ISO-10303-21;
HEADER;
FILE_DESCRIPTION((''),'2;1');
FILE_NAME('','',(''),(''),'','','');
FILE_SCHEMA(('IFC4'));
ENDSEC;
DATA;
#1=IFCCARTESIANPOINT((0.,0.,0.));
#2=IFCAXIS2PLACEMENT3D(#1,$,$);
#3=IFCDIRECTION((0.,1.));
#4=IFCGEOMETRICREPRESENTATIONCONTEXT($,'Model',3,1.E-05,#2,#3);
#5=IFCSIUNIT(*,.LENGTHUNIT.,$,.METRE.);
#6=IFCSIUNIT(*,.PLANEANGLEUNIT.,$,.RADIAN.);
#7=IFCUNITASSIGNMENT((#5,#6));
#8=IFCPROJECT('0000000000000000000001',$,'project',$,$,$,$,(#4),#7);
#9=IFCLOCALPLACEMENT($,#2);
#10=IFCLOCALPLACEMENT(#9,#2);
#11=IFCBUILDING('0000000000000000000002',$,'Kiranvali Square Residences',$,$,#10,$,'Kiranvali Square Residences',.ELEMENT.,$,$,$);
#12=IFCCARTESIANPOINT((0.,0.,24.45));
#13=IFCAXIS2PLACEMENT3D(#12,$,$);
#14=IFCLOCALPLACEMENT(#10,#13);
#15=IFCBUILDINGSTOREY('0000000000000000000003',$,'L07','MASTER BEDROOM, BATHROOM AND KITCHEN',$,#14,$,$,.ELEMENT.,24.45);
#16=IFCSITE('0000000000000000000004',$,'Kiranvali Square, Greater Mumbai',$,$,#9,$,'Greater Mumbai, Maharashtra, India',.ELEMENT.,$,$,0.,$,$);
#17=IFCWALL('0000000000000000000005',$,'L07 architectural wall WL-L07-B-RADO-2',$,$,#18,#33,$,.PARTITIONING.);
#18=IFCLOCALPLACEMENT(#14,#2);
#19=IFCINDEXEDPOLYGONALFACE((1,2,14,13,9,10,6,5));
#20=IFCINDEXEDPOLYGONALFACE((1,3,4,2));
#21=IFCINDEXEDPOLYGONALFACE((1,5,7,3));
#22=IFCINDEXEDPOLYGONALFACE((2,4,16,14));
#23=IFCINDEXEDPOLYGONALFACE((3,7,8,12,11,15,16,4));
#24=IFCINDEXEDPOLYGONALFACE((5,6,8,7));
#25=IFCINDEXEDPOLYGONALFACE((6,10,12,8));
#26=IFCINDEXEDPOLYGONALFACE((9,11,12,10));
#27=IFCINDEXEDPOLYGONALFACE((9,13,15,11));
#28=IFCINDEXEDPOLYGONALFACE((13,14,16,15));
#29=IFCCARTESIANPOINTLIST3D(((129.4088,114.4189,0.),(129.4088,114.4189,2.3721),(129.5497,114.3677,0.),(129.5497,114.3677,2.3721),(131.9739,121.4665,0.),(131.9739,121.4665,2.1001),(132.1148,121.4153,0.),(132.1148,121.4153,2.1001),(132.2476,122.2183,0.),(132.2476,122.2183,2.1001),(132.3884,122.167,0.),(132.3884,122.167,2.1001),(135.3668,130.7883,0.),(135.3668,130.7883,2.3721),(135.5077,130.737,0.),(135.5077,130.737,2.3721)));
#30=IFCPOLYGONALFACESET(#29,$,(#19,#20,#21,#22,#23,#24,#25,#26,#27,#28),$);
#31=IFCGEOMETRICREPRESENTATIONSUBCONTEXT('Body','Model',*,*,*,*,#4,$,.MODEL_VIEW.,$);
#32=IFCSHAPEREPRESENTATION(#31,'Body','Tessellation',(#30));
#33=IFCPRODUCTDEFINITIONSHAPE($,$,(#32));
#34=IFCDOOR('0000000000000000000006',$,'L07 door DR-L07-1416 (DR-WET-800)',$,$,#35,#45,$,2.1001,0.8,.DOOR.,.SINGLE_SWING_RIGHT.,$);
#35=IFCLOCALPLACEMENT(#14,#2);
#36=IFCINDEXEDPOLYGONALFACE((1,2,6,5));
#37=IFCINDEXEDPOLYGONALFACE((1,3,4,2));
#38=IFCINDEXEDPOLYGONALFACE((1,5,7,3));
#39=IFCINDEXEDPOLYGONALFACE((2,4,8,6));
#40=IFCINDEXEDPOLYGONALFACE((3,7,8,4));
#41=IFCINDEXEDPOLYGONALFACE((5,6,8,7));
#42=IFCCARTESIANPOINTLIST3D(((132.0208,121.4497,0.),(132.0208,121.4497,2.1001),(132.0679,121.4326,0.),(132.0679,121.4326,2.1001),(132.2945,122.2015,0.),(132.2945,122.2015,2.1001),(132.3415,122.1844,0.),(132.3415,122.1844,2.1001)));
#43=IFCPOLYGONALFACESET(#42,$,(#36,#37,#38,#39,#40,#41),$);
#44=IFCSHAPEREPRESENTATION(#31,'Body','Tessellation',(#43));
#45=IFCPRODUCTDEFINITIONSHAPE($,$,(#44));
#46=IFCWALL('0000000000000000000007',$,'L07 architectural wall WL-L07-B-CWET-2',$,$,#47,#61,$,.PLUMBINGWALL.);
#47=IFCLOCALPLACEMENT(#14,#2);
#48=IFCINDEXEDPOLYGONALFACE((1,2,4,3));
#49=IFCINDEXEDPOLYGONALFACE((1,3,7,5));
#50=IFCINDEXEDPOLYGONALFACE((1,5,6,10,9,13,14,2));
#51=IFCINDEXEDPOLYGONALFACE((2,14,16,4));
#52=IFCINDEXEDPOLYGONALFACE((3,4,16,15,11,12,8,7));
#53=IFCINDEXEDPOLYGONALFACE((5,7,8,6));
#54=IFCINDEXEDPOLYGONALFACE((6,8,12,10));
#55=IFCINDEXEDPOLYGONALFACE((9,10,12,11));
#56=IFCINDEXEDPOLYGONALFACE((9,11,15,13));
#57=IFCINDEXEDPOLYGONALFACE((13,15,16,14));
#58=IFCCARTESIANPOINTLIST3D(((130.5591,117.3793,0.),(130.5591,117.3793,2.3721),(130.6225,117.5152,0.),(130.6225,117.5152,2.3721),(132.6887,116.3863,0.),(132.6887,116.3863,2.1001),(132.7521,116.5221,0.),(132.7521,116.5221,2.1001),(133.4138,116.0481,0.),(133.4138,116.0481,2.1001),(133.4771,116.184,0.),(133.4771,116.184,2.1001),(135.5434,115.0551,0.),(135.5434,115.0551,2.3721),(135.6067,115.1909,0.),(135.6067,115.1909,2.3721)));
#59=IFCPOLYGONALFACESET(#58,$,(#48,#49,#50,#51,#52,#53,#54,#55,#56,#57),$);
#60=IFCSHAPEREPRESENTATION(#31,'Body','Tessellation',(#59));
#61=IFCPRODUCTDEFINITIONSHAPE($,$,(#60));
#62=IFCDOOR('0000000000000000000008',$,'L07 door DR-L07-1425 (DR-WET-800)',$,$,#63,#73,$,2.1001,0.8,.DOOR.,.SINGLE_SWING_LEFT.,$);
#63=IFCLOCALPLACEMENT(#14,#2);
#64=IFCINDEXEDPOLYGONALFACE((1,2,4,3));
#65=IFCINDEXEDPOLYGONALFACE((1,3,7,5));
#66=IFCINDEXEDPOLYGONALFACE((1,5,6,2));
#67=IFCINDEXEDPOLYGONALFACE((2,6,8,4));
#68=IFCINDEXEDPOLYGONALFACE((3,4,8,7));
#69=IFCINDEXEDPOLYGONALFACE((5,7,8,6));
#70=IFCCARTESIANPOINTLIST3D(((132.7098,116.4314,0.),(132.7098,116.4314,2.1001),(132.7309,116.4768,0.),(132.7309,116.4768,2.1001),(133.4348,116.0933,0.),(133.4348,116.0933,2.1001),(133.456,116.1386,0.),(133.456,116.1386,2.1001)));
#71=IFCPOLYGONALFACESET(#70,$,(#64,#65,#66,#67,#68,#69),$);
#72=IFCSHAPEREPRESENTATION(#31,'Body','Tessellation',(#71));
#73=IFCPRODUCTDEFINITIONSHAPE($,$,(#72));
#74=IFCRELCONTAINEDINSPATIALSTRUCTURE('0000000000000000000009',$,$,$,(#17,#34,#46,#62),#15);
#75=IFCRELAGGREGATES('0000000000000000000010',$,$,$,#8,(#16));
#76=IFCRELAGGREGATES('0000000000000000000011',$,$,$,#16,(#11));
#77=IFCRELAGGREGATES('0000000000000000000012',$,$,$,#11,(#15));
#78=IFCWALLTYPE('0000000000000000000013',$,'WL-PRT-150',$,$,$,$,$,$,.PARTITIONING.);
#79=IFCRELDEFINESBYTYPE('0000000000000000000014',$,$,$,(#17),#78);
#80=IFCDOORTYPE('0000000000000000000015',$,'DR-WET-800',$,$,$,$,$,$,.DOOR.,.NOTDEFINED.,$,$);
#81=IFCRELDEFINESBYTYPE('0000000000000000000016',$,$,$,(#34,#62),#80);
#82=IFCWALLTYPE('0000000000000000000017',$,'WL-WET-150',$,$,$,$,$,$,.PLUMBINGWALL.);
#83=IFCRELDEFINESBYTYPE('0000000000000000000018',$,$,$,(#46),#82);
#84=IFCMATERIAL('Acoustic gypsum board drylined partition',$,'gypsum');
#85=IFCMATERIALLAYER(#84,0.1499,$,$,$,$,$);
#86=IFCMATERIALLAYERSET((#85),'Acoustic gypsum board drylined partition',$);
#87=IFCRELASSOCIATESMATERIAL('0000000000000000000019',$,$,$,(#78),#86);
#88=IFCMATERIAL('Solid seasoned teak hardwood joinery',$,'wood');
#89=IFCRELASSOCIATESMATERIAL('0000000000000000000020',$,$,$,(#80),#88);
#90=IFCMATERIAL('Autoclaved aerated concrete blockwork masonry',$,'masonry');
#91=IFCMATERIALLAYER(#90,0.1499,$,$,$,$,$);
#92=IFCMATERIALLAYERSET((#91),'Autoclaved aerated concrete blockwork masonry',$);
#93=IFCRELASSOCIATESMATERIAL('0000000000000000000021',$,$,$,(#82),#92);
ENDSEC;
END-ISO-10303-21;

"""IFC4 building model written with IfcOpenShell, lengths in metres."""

from ifc_helpers import new_model, si_unit, direction, frame, frame_2d, origin, place, context, subcontext, project, spatial, rectangle, extrude, material, layer, layer_set, type_object, element, fill, save


model = new_model("IFC4")

# Units and contexts
model_context = context("Model", 3, precision=1e-05, world=origin(), true_north=direction((0.0, 1.0)))
body_context = subcontext(model_context, "Body", "Model", "MODEL_VIEW")
ifc_project = project(units=[si_unit("LENGTHUNIT", "METRE"), si_unit("PLANEANGLEUNIT", "RADIAN")], contexts=[model_context])

# Site, building, storey
site_placement = place(None, origin())
site = spatial("IfcSite", under=ifc_project, at=site_placement, Name="Kiranvali Square, Greater Mumbai", LongName="Greater Mumbai, Maharashtra, India", CompositionType="ELEMENT", RefElevation=0.0)
building_placement = place(site_placement, origin())
building = spatial("IfcBuilding", under=site, at=building_placement, Name="Kiranvali Square Residences", LongName="Kiranvali Square Residences", CompositionType="ELEMENT")
storey_placement = place(building_placement, frame((0.0, 0.0, 24.45)))
storey = spatial("IfcBuildingStorey", under=building, at=storey_placement, Name="L07", Description="MASTER BEDROOM, BATHROOM AND KITCHEN", CompositionType="ELEMENT", Elevation=24.45)

# Shared definitions
ifc_material_1 = material(Name="Autoclaved aerated concrete blockwork masonry", Category="masonry")

# Walls, openings, doors
ifc_material_2 = material(Name="Acoustic gypsum board drylined partition", Category="gypsum")
ifc_layer_1 = layer(ifc_material_2, 0.1499)
ifc_layer_set_1 = layer_set([ifc_layer_1], Name="Acoustic gypsum board drylined partition")
wall_type_1 = type_object("IfcWallType", Name="WL-PRT-150", PredefinedType="PARTITIONING", material=ifc_layer_set_1)
wall_1_placement = place(storey_placement, frame((129.4792, 114.3933, 0.0), z_axis=(0.0, 0.0, 1.0), x_axis=(0.342022, 0.939692, 0.0)))
wall_1 = element("IfcWall", 1, at=wall_1_placement, inside=storey, type_object=wall_type_1, Name="L07 architectural wall WL-L07-B-RADO-2", PredefinedType="PARTITIONING", context=body_context, shape_type="SweptSolid", body=[
    extrude(rectangle(XDim=17.4199, YDim=0.1499, at=frame_2d((8.71, 0.0))), origin(), (0.0, 0.0, 1.0), 2.3721),
])
opening_1_placement = place(wall_1_placement, frame((7.5, 0.0, 0.0)))
opening_1 = element("IfcOpeningElement", 2, at=opening_1_placement, cuts=wall_1, PredefinedType="OPENING", context=body_context, shape_type="SweptSolid", body=[
    extrude(rectangle(XDim=0.8, YDim=2.1001, at=frame_2d((0.3999, 1.05))), frame((0.0, 0.085, 0.0), z_axis=(0.0, -1.0, 0.0), x_axis=(1.0, 0.0, 0.0)), (0.0, 0.0, 1.0), 0.1699),
])
ifc_material_3 = material(Name="Solid seasoned teak hardwood joinery", Category="wood")
door_type_1 = type_object("IfcDoorType", Name="DR-WET-800", OperationType="NOTDEFINED", PredefinedType="DOOR", material=ifc_material_3)
door_1_placement = place(opening_1_placement, frame((0.8, 0.0, 0.0), z_axis=(0.0, 0.0, 1.0), x_axis=(-1.0, 0.0, 0.0)))
door_1 = element("IfcDoor", 3, at=door_1_placement, inside=storey, type_object=door_type_1, Name="L07 door DR-L07-1416 (DR-WET-800)", OperationType="SINGLE_SWING_RIGHT", OverallHeight=2.1001, OverallWidth=0.8, PredefinedType="DOOR", context=body_context, shape_type="SweptSolid", body=[
    extrude(rectangle(XDim=0.8, YDim=2.1001, at=frame_2d((0.3999, 1.05))), frame((0.0, 0.0249, 0.0), z_axis=(0.0, -1.0, 0.0), x_axis=(1.0, 0.0, 0.0)), (0.0, 0.0, 1.0), 0.05),
])
fill(opening_1, door_1)
ifc_layer_2 = layer(ifc_material_1, 0.1499)
ifc_layer_set_2 = layer_set([ifc_layer_2], Name="Autoclaved aerated concrete blockwork masonry")
wall_type_2 = type_object("IfcWallType", Name="WL-WET-150", PredefinedType="PLUMBINGWALL", material=ifc_layer_set_2)
wall_2_placement = place(storey_placement, frame((130.5908, 117.4473, 0.0), z_axis=(0.0, 0.0, 1.0), x_axis=(0.906302, -0.42263, 0.0)))
wall_2 = element("IfcWall", 4, at=wall_2_placement, inside=storey, type_object=wall_type_2, Name="L07 architectural wall WL-L07-B-CWET-2", PredefinedType="PLUMBINGWALL", context=body_context, shape_type="SweptSolid", body=[
    extrude(rectangle(XDim=5.4995, YDim=0.1499, at=frame_2d((2.7498, 0.0))), origin(), (0.0, 0.0, 1.0), 2.3721),
])
opening_2_placement = place(wall_2_placement, frame((2.3499, 0.0, 0.0)))
opening_2 = element("IfcOpeningElement", 5, at=opening_2_placement, cuts=wall_2, PredefinedType="OPENING", context=body_context, shape_type="SweptSolid", body=[
    extrude(rectangle(XDim=0.8, YDim=2.1001, at=frame_2d((0.3999, 1.05))), frame((0.0, 0.085, 0.0), z_axis=(0.0, -1.0, 0.0), x_axis=(1.0, 0.0, 0.0)), (0.0, 0.0, 1.0), 0.1699),
])
door_2_placement = place(opening_2_placement, origin())
door_2 = element("IfcDoor", 6, at=door_2_placement, inside=storey, type_object=door_type_1, Name="L07 door DR-L07-1425 (DR-WET-800)", OperationType="SINGLE_SWING_LEFT", OverallHeight=2.1001, OverallWidth=0.8, PredefinedType="DOOR", context=body_context, shape_type="SweptSolid", body=[
    extrude(rectangle(XDim=0.8, YDim=2.1001, at=frame_2d((0.3999, 1.05))), frame((0.0, 0.0249, 0.0), z_axis=(0.0, -1.0, 0.0), x_axis=(1.0, 0.0, 0.0)), (0.0, 0.0, 1.0), 0.05),
])
fill(opening_2, door_2)

save(model, "model.ifc")
